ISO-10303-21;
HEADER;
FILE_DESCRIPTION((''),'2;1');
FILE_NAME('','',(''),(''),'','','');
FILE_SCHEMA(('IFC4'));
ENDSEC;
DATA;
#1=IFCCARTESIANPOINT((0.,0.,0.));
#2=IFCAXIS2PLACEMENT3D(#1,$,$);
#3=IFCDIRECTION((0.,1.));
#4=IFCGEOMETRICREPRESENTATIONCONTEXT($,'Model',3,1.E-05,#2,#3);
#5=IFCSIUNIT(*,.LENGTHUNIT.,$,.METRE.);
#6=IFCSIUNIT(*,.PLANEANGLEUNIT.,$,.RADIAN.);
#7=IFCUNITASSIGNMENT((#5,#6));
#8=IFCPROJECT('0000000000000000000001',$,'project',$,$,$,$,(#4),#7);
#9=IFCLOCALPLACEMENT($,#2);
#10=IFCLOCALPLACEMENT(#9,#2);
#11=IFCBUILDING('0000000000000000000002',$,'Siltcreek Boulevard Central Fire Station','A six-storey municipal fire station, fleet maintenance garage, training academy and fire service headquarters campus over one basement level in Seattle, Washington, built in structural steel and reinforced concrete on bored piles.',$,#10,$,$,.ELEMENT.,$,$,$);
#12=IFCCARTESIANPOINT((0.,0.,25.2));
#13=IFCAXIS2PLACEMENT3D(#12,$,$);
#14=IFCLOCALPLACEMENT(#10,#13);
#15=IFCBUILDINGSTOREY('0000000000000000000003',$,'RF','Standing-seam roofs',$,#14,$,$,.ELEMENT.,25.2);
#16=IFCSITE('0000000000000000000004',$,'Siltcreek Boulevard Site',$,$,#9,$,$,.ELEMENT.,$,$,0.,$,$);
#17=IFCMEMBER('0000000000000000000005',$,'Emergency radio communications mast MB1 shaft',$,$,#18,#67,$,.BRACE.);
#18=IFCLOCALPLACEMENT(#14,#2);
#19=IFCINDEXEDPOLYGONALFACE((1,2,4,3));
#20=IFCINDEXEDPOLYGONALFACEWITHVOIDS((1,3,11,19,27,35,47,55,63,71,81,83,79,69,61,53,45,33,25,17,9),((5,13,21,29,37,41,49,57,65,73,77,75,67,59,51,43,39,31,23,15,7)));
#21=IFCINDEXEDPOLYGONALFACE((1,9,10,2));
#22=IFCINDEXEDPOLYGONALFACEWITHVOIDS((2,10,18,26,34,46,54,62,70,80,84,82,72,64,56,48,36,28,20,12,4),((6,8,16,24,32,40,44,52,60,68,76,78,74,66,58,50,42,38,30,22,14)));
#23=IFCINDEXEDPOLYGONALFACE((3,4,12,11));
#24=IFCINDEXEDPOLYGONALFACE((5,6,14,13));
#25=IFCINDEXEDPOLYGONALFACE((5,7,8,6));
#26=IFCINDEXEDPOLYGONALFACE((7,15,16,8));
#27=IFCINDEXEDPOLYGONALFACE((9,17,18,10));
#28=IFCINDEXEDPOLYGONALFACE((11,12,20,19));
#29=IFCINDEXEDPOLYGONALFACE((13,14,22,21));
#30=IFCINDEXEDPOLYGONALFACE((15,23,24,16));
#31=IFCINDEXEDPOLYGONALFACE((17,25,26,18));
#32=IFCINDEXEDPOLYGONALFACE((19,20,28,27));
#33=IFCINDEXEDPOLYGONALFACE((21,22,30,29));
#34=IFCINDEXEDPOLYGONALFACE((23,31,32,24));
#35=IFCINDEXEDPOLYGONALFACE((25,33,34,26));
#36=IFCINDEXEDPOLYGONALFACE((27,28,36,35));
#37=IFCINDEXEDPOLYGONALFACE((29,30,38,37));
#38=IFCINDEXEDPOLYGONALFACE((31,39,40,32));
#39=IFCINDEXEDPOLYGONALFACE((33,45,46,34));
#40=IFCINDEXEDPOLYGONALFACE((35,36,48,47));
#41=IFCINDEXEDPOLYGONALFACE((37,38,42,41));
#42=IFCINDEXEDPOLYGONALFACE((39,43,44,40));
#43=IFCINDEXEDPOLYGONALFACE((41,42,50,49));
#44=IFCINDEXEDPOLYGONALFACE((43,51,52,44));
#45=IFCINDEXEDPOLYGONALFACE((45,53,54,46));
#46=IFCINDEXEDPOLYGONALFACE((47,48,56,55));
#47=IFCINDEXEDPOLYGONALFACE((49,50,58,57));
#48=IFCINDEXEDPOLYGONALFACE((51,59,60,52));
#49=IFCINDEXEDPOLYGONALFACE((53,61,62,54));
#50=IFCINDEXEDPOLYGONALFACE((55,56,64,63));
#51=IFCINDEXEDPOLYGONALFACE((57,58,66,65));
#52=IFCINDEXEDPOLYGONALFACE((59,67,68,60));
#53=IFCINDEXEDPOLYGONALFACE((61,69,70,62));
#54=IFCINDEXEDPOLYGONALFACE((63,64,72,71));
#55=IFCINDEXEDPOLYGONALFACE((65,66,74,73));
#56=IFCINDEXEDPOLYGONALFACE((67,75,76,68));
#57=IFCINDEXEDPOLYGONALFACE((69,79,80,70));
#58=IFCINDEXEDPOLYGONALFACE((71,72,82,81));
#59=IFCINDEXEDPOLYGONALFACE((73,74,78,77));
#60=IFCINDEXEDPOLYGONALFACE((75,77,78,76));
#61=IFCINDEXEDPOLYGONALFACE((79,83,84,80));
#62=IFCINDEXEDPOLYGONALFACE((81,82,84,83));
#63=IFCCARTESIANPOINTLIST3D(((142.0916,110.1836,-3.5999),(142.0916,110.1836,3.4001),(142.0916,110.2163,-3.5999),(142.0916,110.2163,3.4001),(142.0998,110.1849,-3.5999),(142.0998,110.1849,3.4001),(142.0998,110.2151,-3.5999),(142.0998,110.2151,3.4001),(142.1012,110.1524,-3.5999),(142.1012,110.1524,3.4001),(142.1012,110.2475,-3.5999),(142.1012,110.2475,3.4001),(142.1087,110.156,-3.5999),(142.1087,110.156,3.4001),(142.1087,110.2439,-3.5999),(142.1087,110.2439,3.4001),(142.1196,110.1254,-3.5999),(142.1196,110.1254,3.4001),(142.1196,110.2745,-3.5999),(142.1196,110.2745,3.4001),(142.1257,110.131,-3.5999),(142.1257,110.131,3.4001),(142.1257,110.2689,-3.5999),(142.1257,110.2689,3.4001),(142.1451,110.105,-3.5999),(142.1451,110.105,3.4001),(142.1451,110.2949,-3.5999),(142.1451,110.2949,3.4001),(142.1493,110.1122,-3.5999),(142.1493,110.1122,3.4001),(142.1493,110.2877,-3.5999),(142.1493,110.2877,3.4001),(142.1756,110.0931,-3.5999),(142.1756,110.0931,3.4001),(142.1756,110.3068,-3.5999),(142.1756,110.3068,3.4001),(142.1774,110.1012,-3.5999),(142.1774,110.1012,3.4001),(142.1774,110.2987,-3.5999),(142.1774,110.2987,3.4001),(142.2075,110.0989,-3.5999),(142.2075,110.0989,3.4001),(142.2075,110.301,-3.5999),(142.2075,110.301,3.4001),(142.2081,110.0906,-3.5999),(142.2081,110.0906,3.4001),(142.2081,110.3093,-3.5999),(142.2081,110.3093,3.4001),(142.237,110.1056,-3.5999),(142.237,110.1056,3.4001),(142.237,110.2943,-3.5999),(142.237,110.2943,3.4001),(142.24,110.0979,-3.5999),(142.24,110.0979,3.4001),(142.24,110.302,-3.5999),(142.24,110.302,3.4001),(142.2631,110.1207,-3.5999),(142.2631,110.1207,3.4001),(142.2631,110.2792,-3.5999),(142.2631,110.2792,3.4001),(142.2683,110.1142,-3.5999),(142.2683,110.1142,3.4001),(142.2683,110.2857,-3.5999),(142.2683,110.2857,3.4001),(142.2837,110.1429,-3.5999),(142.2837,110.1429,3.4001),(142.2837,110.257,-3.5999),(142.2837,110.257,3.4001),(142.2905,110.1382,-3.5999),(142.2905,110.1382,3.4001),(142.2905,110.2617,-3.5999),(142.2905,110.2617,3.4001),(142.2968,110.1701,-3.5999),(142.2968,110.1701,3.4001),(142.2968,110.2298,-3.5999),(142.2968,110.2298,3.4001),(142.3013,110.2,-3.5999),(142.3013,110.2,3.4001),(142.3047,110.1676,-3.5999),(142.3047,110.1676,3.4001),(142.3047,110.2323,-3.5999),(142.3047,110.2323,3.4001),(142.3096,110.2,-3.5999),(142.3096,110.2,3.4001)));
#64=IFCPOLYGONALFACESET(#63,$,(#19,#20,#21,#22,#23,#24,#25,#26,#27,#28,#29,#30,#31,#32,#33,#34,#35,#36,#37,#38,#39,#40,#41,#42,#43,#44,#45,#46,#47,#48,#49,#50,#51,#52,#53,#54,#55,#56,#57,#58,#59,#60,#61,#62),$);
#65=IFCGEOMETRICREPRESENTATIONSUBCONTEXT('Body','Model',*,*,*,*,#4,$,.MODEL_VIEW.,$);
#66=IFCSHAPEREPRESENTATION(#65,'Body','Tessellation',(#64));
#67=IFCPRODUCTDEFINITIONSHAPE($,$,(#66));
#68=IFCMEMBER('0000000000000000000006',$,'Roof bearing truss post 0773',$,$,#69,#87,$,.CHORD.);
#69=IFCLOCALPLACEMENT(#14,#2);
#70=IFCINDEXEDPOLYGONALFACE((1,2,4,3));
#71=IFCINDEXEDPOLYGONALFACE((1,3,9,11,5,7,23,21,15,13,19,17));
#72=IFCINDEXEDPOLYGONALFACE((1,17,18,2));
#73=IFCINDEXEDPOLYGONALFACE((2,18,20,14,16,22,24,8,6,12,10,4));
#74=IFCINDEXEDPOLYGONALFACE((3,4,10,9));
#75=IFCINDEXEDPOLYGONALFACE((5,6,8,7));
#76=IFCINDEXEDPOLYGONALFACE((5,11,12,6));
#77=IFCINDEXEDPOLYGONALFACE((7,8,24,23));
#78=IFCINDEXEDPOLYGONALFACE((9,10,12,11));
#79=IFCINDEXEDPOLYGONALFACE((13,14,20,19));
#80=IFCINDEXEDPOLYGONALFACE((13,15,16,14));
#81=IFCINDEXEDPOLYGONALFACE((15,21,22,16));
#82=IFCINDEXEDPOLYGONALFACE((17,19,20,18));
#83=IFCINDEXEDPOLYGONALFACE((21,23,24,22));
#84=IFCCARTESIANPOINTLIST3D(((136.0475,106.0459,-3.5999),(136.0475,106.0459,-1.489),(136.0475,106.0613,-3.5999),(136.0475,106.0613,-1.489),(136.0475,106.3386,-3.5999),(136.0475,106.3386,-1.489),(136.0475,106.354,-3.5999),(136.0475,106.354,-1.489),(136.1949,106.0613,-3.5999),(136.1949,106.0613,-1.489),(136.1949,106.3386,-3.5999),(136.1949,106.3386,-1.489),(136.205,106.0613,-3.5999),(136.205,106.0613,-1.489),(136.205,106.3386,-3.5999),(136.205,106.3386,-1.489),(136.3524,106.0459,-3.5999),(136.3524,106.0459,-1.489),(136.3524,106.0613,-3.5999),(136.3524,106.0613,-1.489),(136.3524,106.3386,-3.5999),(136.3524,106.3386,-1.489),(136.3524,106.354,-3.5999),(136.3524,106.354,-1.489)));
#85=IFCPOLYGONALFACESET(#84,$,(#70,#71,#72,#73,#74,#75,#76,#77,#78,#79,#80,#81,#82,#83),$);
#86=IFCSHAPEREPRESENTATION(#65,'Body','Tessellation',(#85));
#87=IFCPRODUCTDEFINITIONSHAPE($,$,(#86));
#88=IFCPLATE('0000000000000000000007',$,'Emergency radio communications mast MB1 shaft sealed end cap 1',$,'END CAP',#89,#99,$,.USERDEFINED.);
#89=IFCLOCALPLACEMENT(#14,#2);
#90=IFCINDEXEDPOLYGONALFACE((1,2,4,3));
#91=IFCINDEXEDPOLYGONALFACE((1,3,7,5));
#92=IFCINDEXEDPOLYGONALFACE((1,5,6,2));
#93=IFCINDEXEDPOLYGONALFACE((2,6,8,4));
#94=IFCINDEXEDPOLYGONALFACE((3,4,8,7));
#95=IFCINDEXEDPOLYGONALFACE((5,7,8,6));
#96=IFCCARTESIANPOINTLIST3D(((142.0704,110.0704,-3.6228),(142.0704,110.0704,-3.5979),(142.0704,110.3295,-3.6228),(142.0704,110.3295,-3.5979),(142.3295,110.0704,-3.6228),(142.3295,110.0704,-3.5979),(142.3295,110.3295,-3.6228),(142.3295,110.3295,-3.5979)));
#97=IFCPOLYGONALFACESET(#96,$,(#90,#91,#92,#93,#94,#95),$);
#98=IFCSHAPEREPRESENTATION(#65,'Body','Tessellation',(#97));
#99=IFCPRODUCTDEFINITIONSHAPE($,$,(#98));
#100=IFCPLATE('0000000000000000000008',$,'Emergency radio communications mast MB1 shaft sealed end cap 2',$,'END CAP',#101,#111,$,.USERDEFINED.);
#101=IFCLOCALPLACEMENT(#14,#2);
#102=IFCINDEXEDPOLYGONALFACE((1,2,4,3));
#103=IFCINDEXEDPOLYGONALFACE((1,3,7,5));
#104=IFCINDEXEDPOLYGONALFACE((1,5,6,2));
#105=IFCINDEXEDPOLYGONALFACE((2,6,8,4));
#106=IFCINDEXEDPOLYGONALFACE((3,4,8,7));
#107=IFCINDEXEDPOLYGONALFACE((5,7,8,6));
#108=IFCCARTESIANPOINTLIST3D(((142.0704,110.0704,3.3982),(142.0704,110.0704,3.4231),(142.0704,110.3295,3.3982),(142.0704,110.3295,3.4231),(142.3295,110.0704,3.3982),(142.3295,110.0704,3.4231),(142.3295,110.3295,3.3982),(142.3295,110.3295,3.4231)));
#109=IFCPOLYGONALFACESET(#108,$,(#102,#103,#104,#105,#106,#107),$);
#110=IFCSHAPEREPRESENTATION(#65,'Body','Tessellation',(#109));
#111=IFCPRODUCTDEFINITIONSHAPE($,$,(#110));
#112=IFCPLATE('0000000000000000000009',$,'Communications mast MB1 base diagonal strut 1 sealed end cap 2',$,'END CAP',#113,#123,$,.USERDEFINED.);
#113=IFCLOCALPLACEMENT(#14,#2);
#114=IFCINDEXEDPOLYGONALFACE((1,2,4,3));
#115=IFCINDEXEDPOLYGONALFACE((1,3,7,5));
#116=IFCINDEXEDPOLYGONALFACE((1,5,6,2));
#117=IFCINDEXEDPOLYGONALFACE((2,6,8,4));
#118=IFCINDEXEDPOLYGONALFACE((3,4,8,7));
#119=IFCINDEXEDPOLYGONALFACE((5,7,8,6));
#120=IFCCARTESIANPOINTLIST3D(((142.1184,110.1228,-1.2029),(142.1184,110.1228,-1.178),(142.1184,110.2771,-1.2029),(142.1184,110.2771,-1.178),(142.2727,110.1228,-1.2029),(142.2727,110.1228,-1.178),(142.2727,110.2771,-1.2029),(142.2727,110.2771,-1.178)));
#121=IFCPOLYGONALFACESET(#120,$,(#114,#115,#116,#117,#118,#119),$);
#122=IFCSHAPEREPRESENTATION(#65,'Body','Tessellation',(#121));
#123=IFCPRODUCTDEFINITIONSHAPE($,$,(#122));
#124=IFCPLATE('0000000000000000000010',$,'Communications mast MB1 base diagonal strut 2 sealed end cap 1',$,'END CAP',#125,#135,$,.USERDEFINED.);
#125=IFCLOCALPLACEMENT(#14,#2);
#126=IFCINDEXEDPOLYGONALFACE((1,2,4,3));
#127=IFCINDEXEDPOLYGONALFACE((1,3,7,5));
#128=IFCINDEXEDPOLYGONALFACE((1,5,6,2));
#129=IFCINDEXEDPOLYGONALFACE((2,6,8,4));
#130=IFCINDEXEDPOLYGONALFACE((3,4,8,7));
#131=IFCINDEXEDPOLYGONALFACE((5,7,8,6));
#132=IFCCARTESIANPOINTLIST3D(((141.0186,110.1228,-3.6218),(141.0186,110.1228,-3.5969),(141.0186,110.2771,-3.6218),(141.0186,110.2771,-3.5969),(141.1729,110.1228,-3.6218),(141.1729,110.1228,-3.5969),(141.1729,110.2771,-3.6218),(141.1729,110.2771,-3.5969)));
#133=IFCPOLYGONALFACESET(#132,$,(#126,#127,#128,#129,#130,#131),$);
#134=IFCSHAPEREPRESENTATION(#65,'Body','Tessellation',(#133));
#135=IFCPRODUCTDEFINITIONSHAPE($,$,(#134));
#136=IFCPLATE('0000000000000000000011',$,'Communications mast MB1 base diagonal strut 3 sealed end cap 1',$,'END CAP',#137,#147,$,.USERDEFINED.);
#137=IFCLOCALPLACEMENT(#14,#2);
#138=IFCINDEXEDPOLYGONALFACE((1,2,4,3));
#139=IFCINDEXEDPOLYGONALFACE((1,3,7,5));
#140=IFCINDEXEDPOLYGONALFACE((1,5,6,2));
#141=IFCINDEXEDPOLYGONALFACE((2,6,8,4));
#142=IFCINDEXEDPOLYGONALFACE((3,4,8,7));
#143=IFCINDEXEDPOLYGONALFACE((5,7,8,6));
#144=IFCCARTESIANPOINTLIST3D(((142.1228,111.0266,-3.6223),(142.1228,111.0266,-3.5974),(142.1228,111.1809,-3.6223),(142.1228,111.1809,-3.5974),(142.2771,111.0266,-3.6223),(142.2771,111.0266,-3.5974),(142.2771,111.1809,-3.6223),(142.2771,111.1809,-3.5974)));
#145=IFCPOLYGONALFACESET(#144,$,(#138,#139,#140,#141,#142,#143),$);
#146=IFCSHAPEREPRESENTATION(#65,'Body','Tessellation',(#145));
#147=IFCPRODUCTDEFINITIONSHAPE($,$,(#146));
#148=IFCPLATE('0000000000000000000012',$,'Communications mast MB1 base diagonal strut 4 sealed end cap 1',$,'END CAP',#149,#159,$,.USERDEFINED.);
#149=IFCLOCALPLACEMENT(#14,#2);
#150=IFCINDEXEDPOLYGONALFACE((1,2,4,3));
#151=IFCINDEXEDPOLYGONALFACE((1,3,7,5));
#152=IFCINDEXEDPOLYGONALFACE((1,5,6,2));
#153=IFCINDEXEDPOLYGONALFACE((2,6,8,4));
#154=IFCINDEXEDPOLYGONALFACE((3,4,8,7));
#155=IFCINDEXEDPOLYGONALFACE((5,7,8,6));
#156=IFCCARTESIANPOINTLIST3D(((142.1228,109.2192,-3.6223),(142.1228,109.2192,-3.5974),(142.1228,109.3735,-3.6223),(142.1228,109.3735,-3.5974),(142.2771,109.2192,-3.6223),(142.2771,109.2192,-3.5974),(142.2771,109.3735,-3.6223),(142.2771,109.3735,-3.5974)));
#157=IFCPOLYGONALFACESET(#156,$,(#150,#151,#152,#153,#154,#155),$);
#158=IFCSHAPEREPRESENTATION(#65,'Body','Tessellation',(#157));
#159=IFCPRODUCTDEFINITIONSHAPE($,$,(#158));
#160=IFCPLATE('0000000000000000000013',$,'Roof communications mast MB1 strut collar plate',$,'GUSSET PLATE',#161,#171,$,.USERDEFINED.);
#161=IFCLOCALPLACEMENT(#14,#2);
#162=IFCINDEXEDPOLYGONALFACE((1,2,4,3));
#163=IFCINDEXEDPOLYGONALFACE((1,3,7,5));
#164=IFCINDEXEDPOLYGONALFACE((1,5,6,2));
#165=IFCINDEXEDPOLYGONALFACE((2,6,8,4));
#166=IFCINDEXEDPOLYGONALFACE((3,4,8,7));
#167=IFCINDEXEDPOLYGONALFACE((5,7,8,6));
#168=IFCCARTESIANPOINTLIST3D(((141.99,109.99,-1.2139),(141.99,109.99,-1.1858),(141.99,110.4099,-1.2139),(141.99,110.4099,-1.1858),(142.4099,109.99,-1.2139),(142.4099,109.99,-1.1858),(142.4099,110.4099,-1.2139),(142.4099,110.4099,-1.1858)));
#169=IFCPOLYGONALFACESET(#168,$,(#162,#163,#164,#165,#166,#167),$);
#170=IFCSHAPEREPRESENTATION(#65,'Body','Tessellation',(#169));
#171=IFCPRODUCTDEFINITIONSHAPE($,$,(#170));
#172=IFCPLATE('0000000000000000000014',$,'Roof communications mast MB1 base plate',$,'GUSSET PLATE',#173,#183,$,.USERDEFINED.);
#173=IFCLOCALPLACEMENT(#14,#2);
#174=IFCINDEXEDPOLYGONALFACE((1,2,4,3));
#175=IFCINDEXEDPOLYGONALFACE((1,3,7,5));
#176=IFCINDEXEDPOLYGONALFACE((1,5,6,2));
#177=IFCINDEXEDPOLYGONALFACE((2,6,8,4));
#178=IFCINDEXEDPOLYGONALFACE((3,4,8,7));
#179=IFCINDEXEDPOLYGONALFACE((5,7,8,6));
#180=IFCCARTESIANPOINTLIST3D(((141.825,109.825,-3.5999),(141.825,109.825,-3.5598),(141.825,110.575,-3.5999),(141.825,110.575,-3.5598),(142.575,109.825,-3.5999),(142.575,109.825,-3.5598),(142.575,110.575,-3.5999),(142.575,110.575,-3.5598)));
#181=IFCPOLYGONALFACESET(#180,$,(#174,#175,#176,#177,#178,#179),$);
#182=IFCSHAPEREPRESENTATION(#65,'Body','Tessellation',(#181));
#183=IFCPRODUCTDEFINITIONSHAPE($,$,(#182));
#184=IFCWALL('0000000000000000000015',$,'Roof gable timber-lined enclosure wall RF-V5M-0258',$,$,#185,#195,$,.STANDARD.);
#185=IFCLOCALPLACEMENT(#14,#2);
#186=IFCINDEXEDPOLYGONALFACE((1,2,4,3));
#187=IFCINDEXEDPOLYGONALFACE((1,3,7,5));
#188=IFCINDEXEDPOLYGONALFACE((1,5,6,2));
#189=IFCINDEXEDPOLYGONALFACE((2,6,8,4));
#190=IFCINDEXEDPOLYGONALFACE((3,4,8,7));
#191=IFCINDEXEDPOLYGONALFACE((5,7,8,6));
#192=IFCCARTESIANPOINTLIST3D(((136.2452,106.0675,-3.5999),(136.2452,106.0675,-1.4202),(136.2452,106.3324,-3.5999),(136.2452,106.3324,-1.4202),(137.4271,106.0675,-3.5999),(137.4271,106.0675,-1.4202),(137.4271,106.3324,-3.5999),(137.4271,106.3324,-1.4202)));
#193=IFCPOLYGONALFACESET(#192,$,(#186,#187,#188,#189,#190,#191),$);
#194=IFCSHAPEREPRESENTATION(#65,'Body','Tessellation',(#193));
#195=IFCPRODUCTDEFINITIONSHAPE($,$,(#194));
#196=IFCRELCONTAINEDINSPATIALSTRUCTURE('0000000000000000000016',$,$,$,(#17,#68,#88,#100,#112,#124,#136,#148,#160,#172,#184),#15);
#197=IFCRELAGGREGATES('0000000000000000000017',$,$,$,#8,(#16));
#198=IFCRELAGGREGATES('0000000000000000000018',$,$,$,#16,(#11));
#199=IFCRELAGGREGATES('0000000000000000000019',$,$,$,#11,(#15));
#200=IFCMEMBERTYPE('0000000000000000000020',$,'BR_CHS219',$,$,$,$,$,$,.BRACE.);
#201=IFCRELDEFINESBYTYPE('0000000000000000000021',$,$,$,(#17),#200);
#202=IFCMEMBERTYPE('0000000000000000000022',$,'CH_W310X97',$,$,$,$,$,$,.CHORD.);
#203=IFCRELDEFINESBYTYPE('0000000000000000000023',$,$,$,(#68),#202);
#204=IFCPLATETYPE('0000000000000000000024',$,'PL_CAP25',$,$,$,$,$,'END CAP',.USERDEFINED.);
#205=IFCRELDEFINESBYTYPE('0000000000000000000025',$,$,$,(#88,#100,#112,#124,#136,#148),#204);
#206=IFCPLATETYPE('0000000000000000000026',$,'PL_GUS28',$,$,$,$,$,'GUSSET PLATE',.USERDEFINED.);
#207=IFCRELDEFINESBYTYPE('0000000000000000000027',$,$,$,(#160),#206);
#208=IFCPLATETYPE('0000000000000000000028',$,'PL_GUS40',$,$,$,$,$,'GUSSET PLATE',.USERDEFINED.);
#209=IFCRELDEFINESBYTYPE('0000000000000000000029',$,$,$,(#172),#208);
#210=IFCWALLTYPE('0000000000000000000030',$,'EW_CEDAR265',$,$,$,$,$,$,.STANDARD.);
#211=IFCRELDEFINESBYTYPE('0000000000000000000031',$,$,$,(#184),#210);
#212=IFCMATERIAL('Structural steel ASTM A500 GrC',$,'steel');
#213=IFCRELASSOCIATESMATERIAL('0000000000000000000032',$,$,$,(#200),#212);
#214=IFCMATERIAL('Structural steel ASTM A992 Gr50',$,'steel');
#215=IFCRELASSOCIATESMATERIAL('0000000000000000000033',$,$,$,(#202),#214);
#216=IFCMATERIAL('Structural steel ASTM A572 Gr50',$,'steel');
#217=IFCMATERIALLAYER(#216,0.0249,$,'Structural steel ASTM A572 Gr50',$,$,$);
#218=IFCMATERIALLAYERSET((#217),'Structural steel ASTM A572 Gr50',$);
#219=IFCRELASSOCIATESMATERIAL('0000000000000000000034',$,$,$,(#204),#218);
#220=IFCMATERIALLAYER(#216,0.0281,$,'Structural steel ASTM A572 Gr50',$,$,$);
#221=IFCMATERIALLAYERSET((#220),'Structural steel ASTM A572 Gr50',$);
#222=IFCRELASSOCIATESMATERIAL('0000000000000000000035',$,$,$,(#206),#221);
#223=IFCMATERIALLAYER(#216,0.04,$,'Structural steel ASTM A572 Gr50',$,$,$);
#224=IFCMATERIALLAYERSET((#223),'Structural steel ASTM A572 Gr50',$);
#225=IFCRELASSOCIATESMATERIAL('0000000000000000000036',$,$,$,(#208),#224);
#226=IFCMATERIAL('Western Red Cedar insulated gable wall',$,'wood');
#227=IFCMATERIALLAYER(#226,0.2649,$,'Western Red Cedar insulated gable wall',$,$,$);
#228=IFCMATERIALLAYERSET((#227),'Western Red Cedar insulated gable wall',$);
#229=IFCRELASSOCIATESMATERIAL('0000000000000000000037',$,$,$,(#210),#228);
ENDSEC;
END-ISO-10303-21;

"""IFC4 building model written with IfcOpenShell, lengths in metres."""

from ifc_helpers import new_model, si_unit, direction, frame, frame_2d, origin, origin_2d, place, context, subcontext, project, spatial, rectangle, hollow_circle, i_section, extrude, material, layer, layer_set, material_profile, profile_set, type_object, element, save


model = new_model("IFC4")

# Units and contexts
model_context = context("Model", 3, precision=1e-05, world=origin(), true_north=direction((0.0, 1.0)))
body_context = subcontext(model_context, "Body", "Model", "MODEL_VIEW")
ifc_project = project(units=[si_unit("LENGTHUNIT", "METRE"), si_unit("PLANEANGLEUNIT", "RADIAN")], contexts=[model_context])

# Site, building, storey
site_placement = place(None, origin())
site = spatial("IfcSite", under=ifc_project, at=site_placement, Name="Siltcreek Boulevard Site", CompositionType="ELEMENT", RefElevation=0.0)
building_placement = place(site_placement, origin())
building = spatial("IfcBuilding", under=site, at=building_placement, Name="Siltcreek Boulevard Central Fire Station", Description="A six-storey municipal fire station, fleet maintenance garage, training academy and fire service headquarters campus over one basement level in Seattle, Washington, built in structural steel and reinforced concrete on bored piles.", CompositionType="ELEMENT")
storey_placement = place(building_placement, frame((0.0, 0.0, 25.2)))
storey = spatial("IfcBuildingStorey", under=building, at=storey_placement, Name="RF", Description="Standing-seam roofs", CompositionType="ELEMENT", Elevation=25.2)

# Members
ifc_material_1 = material(Name="Structural steel ASTM A500 GrC", Category="steel")
ifc_material_profile_1 = material_profile(ifc_material_1, hollow_circle(Radius=0.1096, WallThickness=0.0083, at=origin_2d()), Name="HSS219.1X8.2")
ifc_profile_set_1 = profile_set([ifc_material_profile_1], Name="Structural steel ASTM A500 GrC")
member_type_1 = type_object("IfcMemberType", Name="BR_CHS219", PredefinedType="BRACE", material=ifc_profile_set_1)
member_1_placement = place(storey_placement, frame((142.2, 110.2, -3.5999), z_axis=(0.0, 0.0, 1.0), x_axis=(1.0, 0.0, 0.0)))
element("IfcMember", 1, at=member_1_placement, inside=storey, type_object=member_type_1, Name="Emergency radio communications mast MB1 shaft", PredefinedType="BRACE", context=body_context, shape_type="SweptSolid", body=[
    extrude(hollow_circle(Radius=0.1096, WallThickness=0.0083, at=origin_2d()), origin(), (0.0, 0.0, 1.0), 7.0),
])
ifc_material_2 = material(Name="Structural steel ASTM A992 Gr50", Category="steel")
ifc_material_profile_2 = material_profile(ifc_material_2, i_section(OverallWidth=0.3049, OverallDepth=0.3081, WebThickness=0.01, FlangeThickness=0.0154, at=origin_2d()), Name="W310X97")
ifc_profile_set_2 = profile_set([ifc_material_profile_2], Name="Structural steel ASTM A992 Gr50")
member_type_2 = type_object("IfcMemberType", Name="CH_W310X97", PredefinedType="CHORD", material=ifc_profile_set_2)
member_2_placement = place(storey_placement, frame((136.2, 106.2, -3.5999), z_axis=(0.0, 0.0, 1.0), x_axis=(1.0, 0.0, 0.0)))
element("IfcMember", 2, at=member_2_placement, inside=storey, type_object=member_type_2, Name="Roof bearing truss post 0773", PredefinedType="CHORD", context=body_context, shape_type="SweptSolid", body=[
    extrude(i_section(OverallWidth=0.3049, OverallDepth=0.3081, WebThickness=0.01, FlangeThickness=0.0154, at=origin_2d()), origin(), (0.0, 0.0, 1.0), 2.1108),
])

# Plates
ifc_material_3 = material(Name="Structural steel ASTM A572 Gr50", Category="steel")
ifc_layer_1 = layer(ifc_material_3, 0.0249, Name="Structural steel ASTM A572 Gr50")
ifc_layer_set_1 = layer_set([ifc_layer_1], Name="Structural steel ASTM A572 Gr50")
plate_type_1 = type_object("IfcPlateType", Name="PL_CAP25", ElementType="END CAP", PredefinedType="USERDEFINED", material=ifc_layer_set_1)
for number, where, z_axis, x_axis, name in (
    (3, (142.2, 110.2, -3.6228), (0.0, 0.0, 1.0), (1.0, 0.0, 0.0), "Emergency radio communications mast MB1 shaft sealed end cap 1"),
    (4, (142.2, 110.2, 3.3982), (0.0, 0.0, 1.0), (1.0, 0.0, 0.0), "Emergency radio communications mast MB1 shaft sealed end cap 2"),
):
    element("IfcPlate", number, at=place(storey_placement, frame(where, z_axis=z_axis, x_axis=x_axis)), inside=storey, type_object=plate_type_1, Name=name, ObjectType="END CAP", PredefinedType="USERDEFINED", context=body_context, shape_type="SweptSolid", body=[
        extrude(rectangle(XDim=0.259, YDim=0.259, at=origin_2d()), origin(), (0.0, 0.0, 1.0), 0.0249),
    ])
for number, where, z_axis, x_axis, name in (
    (5, (142.1956, 110.2, -1.2029), (0.0, 0.0, 1.0), (1.0, 0.0, 0.0), "Communications mast MB1 base diagonal strut 1 sealed end cap 2"),
    (6, (141.0957, 110.2, -3.6218), (0.0, 0.0, 1.0), (1.0, 0.0, 0.0), "Communications mast MB1 base diagonal strut 2 sealed end cap 1"),
    (7, (142.2, 111.1038, -3.6223), (0.0, 0.0, 1.0), (1.0, 0.0, 0.0), "Communications mast MB1 base diagonal strut 3 sealed end cap 1"),
    (8, (142.2, 109.2964, -3.6223), (0.0, 0.0, 1.0), (1.0, 0.0, 0.0), "Communications mast MB1 base diagonal strut 4 sealed end cap 1"),
):
    element("IfcPlate", number, at=place(storey_placement, frame(where, z_axis=z_axis, x_axis=x_axis)), inside=storey, type_object=plate_type_1, Name=name, ObjectType="END CAP", PredefinedType="USERDEFINED", context=body_context, shape_type="SweptSolid", body=[
        extrude(rectangle(XDim=0.1543, YDim=0.1543, at=origin_2d()), origin(), (0.0, 0.0, 1.0), 0.0249),
    ])
ifc_layer_2 = layer(ifc_material_3, 0.0281, Name="Structural steel ASTM A572 Gr50")
ifc_layer_set_2 = layer_set([ifc_layer_2], Name="Structural steel ASTM A572 Gr50")
plate_type_2 = type_object("IfcPlateType", Name="PL_GUS28", ElementType="GUSSET PLATE", PredefinedType="USERDEFINED", material=ifc_layer_set_2)
plate_1_placement = place(storey_placement, frame((142.2, 110.2, -1.2139), z_axis=(0.0, 0.0, 1.0), x_axis=(1.0, 0.0, 0.0)))
element("IfcPlate", 9, at=plate_1_placement, inside=storey, type_object=plate_type_2, Name="Roof communications mast MB1 strut collar plate", ObjectType="GUSSET PLATE", PredefinedType="USERDEFINED", context=body_context, shape_type="SweptSolid", body=[
    extrude(rectangle(XDim=0.4199, YDim=0.4199, at=origin_2d()), origin(), (0.0, 0.0, 1.0), 0.0281),
])
ifc_layer_3 = layer(ifc_material_3, 0.04, Name="Structural steel ASTM A572 Gr50")
ifc_layer_set_3 = layer_set([ifc_layer_3], Name="Structural steel ASTM A572 Gr50")
plate_type_3 = type_object("IfcPlateType", Name="PL_GUS40", ElementType="GUSSET PLATE", PredefinedType="USERDEFINED", material=ifc_layer_set_3)
plate_2_placement = place(storey_placement, frame((142.2, 110.2, -3.5999), z_axis=(0.0, 0.0, 1.0), x_axis=(1.0, 0.0, 0.0)))
element("IfcPlate", 10, at=plate_2_placement, inside=storey, type_object=plate_type_3, Name="Roof communications mast MB1 base plate", ObjectType="GUSSET PLATE", PredefinedType="USERDEFINED", context=body_context, shape_type="SweptSolid", body=[
    extrude(rectangle(XDim=0.75, YDim=0.75, at=origin_2d()), origin(), (0.0, 0.0, 1.0), 0.04),
])

# Wall
ifc_material_4 = material(Name="Western Red Cedar insulated gable wall", Category="wood")
ifc_layer_4 = layer(ifc_material_4, 0.2649, Name="Western Red Cedar insulated gable wall")
ifc_layer_set_4 = layer_set([ifc_layer_4], Name="Western Red Cedar insulated gable wall")
wall_type_1 = type_object("IfcWallType", Name="EW_CEDAR265", PredefinedType="STANDARD", material=ifc_layer_set_4)
wall_1_placement = place(storey_placement, frame((137.427, 106.2, -3.5999), z_axis=(0.0, 0.0, 1.0), x_axis=(-1.0, 0.0, 0.0)))
element("IfcWall", 11, at=wall_1_placement, inside=storey, type_object=wall_type_1, Name="Roof gable timber-lined enclosure wall RF-V5M-0258", PredefinedType="STANDARD", context=body_context, shape_type="SweptSolid", body=[
    extrude(rectangle(XDim=1.1819, YDim=0.2649, at=frame_2d((0.5908, 0.0))), origin(), (0.0, 0.0, 1.0), 2.1797),
])

save(model, "model.ifc")
